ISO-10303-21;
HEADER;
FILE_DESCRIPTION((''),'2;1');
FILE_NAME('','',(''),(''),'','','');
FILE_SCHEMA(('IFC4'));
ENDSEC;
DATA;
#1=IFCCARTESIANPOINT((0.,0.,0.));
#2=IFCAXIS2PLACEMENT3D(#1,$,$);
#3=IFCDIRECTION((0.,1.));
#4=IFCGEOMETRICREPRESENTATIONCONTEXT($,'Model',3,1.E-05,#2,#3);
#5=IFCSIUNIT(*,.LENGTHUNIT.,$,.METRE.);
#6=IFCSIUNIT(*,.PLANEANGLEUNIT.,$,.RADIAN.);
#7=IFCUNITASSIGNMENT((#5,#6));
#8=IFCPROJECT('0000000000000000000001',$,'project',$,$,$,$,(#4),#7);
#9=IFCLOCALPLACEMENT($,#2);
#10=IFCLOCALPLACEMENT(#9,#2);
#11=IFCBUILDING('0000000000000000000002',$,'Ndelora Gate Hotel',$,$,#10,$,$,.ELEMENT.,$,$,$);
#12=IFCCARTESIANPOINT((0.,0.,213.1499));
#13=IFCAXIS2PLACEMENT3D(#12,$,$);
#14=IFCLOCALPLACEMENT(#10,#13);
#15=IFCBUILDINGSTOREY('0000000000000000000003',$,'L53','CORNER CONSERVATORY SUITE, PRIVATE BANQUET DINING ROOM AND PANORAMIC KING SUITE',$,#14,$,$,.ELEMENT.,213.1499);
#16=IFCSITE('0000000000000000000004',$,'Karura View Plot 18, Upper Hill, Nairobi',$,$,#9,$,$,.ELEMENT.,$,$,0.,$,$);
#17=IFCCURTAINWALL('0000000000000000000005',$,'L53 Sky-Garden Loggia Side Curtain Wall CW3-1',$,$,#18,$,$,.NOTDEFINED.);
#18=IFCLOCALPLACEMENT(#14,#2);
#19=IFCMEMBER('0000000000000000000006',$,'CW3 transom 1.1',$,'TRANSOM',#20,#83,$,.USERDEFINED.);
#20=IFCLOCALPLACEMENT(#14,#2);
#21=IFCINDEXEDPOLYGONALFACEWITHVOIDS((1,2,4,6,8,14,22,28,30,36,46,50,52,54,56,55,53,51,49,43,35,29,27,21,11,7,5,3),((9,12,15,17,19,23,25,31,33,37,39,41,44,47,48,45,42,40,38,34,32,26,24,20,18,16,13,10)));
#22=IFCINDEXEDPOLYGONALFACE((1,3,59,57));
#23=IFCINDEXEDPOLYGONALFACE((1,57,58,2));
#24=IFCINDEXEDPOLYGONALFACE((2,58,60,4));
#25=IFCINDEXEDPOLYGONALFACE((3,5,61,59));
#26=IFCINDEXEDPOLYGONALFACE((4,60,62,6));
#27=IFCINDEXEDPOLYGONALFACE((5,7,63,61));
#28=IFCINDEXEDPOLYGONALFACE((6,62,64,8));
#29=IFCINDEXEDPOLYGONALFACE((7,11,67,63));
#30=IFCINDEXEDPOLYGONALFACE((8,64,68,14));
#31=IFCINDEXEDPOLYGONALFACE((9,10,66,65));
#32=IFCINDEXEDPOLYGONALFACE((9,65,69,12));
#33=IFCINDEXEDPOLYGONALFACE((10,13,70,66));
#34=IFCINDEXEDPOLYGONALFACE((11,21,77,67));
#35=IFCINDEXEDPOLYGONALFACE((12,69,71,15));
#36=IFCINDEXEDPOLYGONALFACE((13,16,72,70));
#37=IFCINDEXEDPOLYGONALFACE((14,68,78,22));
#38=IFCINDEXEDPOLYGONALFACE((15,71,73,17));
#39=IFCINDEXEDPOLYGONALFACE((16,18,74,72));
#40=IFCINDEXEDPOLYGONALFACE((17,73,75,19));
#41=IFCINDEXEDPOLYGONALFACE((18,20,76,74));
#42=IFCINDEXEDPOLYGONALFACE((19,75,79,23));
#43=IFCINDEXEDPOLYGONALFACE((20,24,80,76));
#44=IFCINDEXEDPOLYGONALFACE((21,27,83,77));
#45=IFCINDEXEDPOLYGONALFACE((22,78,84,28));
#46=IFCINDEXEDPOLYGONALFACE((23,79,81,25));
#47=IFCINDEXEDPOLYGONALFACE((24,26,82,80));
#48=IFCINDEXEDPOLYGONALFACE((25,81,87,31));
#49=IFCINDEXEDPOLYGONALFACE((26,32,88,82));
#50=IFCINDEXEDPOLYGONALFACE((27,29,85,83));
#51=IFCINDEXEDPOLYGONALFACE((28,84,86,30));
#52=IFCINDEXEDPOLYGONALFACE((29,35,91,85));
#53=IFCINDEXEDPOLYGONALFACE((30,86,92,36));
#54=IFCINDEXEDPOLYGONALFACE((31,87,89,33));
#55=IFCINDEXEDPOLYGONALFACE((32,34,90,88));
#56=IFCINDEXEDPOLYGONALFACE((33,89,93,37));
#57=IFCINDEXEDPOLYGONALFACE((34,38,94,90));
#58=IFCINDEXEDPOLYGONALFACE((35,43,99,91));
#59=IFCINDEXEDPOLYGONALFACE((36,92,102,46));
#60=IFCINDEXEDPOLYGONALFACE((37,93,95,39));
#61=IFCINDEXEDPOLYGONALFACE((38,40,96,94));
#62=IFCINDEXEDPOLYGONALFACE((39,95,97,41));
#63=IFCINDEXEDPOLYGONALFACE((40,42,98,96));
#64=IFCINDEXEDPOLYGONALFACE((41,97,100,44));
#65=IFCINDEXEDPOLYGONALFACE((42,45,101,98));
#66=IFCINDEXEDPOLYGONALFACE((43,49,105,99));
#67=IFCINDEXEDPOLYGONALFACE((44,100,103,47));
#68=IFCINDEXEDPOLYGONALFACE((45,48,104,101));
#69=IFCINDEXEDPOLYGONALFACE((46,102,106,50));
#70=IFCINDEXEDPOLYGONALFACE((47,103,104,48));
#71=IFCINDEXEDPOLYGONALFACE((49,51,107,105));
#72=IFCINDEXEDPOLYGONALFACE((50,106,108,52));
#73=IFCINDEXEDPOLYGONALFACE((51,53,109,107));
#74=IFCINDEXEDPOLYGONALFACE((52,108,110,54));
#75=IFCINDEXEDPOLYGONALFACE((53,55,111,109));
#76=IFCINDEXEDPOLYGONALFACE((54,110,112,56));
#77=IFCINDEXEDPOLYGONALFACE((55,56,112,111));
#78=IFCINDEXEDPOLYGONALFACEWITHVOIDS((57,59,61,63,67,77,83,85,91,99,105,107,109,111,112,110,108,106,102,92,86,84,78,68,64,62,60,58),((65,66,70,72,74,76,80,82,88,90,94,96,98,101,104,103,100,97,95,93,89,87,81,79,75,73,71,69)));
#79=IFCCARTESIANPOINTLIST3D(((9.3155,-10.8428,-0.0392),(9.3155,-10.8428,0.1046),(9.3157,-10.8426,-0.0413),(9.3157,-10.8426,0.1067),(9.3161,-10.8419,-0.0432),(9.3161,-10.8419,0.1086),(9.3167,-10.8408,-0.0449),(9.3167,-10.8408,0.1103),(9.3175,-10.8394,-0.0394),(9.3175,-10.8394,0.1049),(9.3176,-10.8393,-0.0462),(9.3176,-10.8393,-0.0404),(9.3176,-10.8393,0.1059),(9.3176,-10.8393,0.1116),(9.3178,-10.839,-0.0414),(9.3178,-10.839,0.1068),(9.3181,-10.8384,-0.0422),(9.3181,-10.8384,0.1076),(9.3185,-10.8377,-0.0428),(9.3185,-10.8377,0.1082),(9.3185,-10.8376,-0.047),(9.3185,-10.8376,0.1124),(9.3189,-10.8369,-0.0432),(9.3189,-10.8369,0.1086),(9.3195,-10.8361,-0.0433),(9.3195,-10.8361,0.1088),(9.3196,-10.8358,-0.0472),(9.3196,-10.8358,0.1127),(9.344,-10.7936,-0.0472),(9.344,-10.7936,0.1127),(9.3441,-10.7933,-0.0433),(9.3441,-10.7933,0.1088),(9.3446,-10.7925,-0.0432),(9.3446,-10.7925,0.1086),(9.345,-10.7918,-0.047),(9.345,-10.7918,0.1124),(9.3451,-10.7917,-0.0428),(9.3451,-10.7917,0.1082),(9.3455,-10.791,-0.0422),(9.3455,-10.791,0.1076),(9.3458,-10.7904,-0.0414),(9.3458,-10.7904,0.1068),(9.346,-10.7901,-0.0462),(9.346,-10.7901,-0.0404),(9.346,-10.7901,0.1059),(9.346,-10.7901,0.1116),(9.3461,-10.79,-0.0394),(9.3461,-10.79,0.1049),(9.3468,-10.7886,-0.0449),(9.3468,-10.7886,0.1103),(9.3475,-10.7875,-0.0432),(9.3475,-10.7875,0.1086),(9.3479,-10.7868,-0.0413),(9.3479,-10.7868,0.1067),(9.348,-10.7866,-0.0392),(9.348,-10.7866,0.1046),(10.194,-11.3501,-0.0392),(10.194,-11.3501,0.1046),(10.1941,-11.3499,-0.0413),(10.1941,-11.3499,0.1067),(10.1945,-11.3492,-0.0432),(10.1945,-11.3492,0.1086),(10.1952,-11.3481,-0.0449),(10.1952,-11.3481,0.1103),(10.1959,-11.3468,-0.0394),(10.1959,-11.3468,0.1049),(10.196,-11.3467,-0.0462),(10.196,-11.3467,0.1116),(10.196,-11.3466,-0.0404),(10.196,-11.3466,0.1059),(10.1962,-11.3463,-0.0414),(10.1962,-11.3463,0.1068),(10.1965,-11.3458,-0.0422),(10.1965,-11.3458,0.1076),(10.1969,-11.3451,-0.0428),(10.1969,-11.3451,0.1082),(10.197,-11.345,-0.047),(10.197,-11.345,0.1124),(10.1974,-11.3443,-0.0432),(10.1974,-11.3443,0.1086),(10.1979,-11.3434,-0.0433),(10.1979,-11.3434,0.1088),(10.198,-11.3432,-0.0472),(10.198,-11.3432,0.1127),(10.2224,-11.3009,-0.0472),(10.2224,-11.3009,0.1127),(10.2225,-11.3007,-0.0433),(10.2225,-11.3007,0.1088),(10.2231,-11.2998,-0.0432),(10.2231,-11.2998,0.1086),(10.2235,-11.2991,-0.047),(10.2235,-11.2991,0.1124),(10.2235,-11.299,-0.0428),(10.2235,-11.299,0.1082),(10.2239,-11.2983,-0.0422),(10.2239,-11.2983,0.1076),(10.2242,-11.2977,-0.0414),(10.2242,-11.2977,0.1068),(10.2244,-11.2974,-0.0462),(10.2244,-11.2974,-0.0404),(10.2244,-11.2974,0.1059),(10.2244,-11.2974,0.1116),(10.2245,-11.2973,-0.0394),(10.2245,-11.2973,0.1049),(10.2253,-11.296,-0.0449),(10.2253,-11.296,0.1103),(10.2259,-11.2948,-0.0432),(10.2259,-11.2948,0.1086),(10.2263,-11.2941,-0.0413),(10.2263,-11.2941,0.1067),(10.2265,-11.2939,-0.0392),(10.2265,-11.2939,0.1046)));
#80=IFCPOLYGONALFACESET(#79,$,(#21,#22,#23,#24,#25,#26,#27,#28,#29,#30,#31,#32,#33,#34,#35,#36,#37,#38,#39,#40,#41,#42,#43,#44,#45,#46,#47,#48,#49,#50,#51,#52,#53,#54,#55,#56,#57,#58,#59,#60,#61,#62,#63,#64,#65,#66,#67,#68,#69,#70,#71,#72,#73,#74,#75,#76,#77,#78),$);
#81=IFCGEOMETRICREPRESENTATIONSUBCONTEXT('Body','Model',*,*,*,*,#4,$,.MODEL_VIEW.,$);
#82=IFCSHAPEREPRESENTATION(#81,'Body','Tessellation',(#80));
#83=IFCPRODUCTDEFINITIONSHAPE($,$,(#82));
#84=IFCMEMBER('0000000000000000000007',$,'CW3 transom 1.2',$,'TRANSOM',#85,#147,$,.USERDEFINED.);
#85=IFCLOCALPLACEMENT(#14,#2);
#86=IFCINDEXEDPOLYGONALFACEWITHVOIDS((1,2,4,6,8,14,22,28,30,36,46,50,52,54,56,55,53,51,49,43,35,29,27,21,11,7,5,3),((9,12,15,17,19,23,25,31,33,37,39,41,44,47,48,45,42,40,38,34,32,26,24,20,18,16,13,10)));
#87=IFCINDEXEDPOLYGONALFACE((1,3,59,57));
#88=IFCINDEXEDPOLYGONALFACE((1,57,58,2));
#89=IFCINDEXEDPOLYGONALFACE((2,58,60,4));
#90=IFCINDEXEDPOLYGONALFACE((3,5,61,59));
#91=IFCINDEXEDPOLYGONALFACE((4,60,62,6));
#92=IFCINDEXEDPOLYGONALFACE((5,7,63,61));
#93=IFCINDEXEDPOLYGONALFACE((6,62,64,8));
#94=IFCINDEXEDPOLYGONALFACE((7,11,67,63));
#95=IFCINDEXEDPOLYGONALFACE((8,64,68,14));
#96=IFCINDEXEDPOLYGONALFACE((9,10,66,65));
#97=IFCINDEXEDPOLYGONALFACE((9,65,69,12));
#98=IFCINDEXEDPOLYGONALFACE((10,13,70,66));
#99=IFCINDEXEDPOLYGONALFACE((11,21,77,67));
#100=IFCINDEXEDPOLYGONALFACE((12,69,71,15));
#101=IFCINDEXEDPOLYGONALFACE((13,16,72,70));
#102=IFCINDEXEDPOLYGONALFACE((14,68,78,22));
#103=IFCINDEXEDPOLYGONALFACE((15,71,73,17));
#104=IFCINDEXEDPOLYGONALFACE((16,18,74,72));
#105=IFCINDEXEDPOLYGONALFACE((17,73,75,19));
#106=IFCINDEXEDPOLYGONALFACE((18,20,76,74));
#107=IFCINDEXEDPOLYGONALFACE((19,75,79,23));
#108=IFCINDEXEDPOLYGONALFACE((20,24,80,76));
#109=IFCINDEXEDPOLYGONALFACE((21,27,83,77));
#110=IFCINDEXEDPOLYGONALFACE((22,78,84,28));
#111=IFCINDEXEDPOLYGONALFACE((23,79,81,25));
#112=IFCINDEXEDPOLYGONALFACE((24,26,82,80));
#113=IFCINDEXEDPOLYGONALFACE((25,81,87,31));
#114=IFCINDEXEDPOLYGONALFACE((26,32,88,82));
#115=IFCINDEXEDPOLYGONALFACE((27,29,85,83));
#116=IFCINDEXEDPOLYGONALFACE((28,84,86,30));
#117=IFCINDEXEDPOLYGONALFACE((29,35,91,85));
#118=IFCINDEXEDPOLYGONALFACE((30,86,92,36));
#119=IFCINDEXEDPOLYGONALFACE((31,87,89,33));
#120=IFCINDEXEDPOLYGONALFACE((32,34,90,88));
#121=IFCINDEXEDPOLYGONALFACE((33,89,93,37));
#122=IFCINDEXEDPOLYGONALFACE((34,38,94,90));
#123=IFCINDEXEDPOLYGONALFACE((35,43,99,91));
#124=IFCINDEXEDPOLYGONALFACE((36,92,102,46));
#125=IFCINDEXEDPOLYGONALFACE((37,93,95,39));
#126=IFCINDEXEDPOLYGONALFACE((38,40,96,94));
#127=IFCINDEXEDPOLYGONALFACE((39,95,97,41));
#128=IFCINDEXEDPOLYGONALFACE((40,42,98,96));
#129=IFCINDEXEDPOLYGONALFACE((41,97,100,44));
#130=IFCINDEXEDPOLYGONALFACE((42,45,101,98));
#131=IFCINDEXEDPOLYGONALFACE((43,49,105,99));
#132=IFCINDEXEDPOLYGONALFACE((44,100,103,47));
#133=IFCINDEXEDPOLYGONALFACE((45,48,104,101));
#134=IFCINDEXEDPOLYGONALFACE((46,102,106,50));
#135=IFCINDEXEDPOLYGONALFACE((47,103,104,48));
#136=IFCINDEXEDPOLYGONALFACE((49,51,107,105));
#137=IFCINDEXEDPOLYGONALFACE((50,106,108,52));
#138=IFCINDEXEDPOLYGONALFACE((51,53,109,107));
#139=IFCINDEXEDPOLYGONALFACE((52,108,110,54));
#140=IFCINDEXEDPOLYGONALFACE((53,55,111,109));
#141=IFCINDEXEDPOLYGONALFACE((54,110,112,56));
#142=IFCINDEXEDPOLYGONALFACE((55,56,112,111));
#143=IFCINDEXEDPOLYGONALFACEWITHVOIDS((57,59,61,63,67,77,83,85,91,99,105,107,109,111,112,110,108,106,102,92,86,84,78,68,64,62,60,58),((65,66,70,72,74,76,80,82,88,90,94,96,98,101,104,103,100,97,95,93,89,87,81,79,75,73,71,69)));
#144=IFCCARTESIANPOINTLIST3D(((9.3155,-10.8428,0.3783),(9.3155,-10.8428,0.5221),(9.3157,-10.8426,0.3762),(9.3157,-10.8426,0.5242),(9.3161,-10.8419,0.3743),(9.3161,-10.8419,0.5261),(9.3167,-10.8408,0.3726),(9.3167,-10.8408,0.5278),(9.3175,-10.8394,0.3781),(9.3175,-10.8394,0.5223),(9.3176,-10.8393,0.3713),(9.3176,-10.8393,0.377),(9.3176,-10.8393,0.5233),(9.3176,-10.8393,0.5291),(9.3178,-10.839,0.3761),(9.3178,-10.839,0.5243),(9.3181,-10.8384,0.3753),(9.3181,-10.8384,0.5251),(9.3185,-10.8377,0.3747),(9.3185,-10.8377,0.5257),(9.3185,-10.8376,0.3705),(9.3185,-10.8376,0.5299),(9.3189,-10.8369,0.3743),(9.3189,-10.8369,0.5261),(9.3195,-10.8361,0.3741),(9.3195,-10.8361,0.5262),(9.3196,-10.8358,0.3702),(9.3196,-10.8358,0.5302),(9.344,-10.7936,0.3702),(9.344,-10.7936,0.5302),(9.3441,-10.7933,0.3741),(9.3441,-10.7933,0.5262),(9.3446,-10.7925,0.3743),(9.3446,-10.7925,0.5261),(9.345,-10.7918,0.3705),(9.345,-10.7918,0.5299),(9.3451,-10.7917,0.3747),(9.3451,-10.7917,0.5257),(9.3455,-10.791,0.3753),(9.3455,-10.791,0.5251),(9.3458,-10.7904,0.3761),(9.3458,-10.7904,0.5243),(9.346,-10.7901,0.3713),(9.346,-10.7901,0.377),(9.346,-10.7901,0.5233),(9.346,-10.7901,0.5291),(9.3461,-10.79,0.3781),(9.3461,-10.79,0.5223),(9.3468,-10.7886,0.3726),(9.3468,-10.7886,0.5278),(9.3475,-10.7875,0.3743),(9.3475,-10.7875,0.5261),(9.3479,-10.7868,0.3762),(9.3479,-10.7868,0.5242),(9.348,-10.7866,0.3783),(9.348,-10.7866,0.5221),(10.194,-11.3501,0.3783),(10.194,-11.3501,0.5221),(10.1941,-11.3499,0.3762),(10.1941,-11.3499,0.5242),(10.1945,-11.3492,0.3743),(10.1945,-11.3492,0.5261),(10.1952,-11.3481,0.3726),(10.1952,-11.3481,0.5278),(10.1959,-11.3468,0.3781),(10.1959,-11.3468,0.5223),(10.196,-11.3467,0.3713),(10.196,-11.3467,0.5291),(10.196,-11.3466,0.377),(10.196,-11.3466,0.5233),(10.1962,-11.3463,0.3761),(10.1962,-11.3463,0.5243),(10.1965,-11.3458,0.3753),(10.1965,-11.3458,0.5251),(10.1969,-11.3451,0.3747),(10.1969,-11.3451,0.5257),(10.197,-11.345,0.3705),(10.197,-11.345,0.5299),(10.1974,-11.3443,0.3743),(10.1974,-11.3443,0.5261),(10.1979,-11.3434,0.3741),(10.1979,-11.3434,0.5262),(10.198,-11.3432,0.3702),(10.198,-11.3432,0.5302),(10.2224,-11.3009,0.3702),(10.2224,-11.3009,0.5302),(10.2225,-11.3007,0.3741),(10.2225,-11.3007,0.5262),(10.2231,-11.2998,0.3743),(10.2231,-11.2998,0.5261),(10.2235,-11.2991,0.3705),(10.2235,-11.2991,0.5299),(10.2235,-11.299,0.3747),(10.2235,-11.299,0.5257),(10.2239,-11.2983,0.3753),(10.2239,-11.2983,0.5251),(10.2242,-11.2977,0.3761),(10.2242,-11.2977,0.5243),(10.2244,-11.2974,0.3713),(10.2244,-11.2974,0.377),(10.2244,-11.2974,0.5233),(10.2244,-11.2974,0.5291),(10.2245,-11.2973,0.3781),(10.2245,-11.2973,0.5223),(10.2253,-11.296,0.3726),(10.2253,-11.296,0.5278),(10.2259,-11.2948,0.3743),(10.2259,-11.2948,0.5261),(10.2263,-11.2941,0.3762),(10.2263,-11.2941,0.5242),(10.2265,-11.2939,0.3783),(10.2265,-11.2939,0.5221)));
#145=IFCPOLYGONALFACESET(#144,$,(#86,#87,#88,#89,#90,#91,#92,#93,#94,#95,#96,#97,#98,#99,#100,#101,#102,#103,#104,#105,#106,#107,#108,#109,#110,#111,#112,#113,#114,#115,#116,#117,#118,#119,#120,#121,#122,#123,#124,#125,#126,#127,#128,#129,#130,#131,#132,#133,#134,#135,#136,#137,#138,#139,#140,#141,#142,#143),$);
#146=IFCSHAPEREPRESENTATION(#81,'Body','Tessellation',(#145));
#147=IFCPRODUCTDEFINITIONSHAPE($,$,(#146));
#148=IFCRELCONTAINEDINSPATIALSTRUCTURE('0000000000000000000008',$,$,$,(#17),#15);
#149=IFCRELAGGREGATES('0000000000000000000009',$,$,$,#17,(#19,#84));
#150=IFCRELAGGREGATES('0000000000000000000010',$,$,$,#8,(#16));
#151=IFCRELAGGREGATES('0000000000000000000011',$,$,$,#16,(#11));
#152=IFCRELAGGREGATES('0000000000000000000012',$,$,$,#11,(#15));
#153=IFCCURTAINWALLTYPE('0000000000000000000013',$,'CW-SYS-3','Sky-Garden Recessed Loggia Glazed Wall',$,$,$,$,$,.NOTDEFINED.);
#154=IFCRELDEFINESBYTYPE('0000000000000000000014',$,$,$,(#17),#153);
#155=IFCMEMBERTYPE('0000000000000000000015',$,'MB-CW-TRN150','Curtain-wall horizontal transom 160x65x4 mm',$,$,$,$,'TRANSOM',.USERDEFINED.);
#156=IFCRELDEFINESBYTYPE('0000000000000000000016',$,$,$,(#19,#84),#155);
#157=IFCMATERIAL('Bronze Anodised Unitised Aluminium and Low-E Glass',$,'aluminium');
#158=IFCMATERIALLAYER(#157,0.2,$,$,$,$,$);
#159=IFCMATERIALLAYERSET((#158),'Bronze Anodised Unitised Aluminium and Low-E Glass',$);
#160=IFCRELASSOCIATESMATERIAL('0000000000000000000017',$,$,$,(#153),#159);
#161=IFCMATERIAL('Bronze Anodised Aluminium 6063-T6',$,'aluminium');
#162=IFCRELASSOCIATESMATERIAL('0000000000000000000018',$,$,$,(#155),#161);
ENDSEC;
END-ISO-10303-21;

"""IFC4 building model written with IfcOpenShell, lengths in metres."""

from ifc_helpers import new_model, si_unit, direction, frame, origin, origin_2d, place, context, subcontext, project, spatial, hollow_rectangle, extrude, material, layer, layer_set, material_profile, profile_set, type_object, element, aggregate, save


model = new_model("IFC4")

# Units and contexts
model_context = context("Model", 3, precision=1e-05, world=origin(), true_north=direction((0.0, 1.0)))
body_context = subcontext(model_context, "Body", "Model", "MODEL_VIEW")
ifc_project = project(units=[si_unit("LENGTHUNIT", "METRE"), si_unit("PLANEANGLEUNIT", "RADIAN")], contexts=[model_context])

# Site, building, storey
site_placement = place(None, origin())
site = spatial("IfcSite", under=ifc_project, at=site_placement, Name="Karura View Plot 18, Upper Hill, Nairobi", CompositionType="ELEMENT", RefElevation=0.0)
building_placement = place(site_placement, origin())
building = spatial("IfcBuilding", under=site, at=building_placement, Name="Ndelora Gate Hotel", CompositionType="ELEMENT")
storey_placement = place(building_placement, frame((0.0, 0.0, 213.1499)))
storey = spatial("IfcBuildingStorey", under=building, at=storey_placement, Name="L53", Description="CORNER CONSERVATORY SUITE, PRIVATE BANQUET DINING ROOM AND PANORAMIC KING SUITE", CompositionType="ELEMENT", Elevation=213.1499)

# Curtain wall, members
ifc_material_1 = material(Name="Bronze Anodised Unitised Aluminium and Low-E Glass", Category="aluminium")
ifc_layer_1 = layer(ifc_material_1, 0.2)
ifc_layer_set_1 = layer_set([ifc_layer_1], Name="Bronze Anodised Unitised Aluminium and Low-E Glass")
curtain_wall_type = type_object("IfcCurtainWallType", Name="CW-SYS-3", Description="Sky-Garden Recessed Loggia Glazed Wall", PredefinedType="NOTDEFINED", material=ifc_layer_set_1)
curtain_wall_placement = place(storey_placement, origin())
curtain_wall = element("IfcCurtainWall", 1, at=curtain_wall_placement, inside=storey, type_object=curtain_wall_type, Name="L53 Sky-Garden Loggia Side Curtain Wall CW3-1", PredefinedType="NOTDEFINED")
ifc_material_2 = material(Name="Bronze Anodised Aluminium 6063-T6", Category="aluminium")
ifc_material_profile_1 = material_profile(ifc_material_2, hollow_rectangle(XDim=0.0649, YDim=0.1599, WallThickness=0.0039, InnerFilletRadius=0.0039, OuterFilletRadius=0.0081, at=origin_2d()), Name="ALU 160x65x4")
ifc_profile_set_1 = profile_set([ifc_material_profile_1], Name="Bronze Anodised Aluminium 6063-T6")
member_type_1 = type_object("IfcMemberType", Name="MB-CW-TRN150", Description="Curtain-wall horizontal transom 160x65x4 mm", ElementType="TRANSOM", PredefinedType="USERDEFINED", material=ifc_profile_set_1)
member_1_placement = place(storey_placement, frame((9.3318, -10.8147, 0.0327), z_axis=(0.865953, -0.500125, 0.0), x_axis=(0.500125, 0.865953, 0.0)))
member_1 = element("IfcMember", 2, at=member_1_placement, type_object=member_type_1, Name="CW3 transom 1.1", ObjectType="TRANSOM", PredefinedType="USERDEFINED", context=body_context, shape_type="SweptSolid", body=[
    extrude(hollow_rectangle(XDim=0.0649, YDim=0.1599, WallThickness=0.0039, InnerFilletRadius=0.0039, OuterFilletRadius=0.0081, at=origin_2d()), origin(), (0.0, 0.0, 1.0), 1.0144),
])
member_2_placement = place(storey_placement, frame((9.3318, -10.8147, 0.4502), z_axis=(0.865953, -0.500125, 0.0), x_axis=(0.500125, 0.865953, 0.0)))
member_2 = element("IfcMember", 3, at=member_2_placement, type_object=member_type_1, Name="CW3 transom 1.2", ObjectType="TRANSOM", PredefinedType="USERDEFINED", context=body_context, shape_type="SweptSolid", body=[
    extrude(hollow_rectangle(XDim=0.0649, YDim=0.1599, WallThickness=0.0039, InnerFilletRadius=0.0039, OuterFilletRadius=0.0081, at=origin_2d()), origin(), (0.0, 0.0, 1.0), 1.0144),
])
aggregate(curtain_wall, [member_1, member_2])

save(model, "model.ifc")
